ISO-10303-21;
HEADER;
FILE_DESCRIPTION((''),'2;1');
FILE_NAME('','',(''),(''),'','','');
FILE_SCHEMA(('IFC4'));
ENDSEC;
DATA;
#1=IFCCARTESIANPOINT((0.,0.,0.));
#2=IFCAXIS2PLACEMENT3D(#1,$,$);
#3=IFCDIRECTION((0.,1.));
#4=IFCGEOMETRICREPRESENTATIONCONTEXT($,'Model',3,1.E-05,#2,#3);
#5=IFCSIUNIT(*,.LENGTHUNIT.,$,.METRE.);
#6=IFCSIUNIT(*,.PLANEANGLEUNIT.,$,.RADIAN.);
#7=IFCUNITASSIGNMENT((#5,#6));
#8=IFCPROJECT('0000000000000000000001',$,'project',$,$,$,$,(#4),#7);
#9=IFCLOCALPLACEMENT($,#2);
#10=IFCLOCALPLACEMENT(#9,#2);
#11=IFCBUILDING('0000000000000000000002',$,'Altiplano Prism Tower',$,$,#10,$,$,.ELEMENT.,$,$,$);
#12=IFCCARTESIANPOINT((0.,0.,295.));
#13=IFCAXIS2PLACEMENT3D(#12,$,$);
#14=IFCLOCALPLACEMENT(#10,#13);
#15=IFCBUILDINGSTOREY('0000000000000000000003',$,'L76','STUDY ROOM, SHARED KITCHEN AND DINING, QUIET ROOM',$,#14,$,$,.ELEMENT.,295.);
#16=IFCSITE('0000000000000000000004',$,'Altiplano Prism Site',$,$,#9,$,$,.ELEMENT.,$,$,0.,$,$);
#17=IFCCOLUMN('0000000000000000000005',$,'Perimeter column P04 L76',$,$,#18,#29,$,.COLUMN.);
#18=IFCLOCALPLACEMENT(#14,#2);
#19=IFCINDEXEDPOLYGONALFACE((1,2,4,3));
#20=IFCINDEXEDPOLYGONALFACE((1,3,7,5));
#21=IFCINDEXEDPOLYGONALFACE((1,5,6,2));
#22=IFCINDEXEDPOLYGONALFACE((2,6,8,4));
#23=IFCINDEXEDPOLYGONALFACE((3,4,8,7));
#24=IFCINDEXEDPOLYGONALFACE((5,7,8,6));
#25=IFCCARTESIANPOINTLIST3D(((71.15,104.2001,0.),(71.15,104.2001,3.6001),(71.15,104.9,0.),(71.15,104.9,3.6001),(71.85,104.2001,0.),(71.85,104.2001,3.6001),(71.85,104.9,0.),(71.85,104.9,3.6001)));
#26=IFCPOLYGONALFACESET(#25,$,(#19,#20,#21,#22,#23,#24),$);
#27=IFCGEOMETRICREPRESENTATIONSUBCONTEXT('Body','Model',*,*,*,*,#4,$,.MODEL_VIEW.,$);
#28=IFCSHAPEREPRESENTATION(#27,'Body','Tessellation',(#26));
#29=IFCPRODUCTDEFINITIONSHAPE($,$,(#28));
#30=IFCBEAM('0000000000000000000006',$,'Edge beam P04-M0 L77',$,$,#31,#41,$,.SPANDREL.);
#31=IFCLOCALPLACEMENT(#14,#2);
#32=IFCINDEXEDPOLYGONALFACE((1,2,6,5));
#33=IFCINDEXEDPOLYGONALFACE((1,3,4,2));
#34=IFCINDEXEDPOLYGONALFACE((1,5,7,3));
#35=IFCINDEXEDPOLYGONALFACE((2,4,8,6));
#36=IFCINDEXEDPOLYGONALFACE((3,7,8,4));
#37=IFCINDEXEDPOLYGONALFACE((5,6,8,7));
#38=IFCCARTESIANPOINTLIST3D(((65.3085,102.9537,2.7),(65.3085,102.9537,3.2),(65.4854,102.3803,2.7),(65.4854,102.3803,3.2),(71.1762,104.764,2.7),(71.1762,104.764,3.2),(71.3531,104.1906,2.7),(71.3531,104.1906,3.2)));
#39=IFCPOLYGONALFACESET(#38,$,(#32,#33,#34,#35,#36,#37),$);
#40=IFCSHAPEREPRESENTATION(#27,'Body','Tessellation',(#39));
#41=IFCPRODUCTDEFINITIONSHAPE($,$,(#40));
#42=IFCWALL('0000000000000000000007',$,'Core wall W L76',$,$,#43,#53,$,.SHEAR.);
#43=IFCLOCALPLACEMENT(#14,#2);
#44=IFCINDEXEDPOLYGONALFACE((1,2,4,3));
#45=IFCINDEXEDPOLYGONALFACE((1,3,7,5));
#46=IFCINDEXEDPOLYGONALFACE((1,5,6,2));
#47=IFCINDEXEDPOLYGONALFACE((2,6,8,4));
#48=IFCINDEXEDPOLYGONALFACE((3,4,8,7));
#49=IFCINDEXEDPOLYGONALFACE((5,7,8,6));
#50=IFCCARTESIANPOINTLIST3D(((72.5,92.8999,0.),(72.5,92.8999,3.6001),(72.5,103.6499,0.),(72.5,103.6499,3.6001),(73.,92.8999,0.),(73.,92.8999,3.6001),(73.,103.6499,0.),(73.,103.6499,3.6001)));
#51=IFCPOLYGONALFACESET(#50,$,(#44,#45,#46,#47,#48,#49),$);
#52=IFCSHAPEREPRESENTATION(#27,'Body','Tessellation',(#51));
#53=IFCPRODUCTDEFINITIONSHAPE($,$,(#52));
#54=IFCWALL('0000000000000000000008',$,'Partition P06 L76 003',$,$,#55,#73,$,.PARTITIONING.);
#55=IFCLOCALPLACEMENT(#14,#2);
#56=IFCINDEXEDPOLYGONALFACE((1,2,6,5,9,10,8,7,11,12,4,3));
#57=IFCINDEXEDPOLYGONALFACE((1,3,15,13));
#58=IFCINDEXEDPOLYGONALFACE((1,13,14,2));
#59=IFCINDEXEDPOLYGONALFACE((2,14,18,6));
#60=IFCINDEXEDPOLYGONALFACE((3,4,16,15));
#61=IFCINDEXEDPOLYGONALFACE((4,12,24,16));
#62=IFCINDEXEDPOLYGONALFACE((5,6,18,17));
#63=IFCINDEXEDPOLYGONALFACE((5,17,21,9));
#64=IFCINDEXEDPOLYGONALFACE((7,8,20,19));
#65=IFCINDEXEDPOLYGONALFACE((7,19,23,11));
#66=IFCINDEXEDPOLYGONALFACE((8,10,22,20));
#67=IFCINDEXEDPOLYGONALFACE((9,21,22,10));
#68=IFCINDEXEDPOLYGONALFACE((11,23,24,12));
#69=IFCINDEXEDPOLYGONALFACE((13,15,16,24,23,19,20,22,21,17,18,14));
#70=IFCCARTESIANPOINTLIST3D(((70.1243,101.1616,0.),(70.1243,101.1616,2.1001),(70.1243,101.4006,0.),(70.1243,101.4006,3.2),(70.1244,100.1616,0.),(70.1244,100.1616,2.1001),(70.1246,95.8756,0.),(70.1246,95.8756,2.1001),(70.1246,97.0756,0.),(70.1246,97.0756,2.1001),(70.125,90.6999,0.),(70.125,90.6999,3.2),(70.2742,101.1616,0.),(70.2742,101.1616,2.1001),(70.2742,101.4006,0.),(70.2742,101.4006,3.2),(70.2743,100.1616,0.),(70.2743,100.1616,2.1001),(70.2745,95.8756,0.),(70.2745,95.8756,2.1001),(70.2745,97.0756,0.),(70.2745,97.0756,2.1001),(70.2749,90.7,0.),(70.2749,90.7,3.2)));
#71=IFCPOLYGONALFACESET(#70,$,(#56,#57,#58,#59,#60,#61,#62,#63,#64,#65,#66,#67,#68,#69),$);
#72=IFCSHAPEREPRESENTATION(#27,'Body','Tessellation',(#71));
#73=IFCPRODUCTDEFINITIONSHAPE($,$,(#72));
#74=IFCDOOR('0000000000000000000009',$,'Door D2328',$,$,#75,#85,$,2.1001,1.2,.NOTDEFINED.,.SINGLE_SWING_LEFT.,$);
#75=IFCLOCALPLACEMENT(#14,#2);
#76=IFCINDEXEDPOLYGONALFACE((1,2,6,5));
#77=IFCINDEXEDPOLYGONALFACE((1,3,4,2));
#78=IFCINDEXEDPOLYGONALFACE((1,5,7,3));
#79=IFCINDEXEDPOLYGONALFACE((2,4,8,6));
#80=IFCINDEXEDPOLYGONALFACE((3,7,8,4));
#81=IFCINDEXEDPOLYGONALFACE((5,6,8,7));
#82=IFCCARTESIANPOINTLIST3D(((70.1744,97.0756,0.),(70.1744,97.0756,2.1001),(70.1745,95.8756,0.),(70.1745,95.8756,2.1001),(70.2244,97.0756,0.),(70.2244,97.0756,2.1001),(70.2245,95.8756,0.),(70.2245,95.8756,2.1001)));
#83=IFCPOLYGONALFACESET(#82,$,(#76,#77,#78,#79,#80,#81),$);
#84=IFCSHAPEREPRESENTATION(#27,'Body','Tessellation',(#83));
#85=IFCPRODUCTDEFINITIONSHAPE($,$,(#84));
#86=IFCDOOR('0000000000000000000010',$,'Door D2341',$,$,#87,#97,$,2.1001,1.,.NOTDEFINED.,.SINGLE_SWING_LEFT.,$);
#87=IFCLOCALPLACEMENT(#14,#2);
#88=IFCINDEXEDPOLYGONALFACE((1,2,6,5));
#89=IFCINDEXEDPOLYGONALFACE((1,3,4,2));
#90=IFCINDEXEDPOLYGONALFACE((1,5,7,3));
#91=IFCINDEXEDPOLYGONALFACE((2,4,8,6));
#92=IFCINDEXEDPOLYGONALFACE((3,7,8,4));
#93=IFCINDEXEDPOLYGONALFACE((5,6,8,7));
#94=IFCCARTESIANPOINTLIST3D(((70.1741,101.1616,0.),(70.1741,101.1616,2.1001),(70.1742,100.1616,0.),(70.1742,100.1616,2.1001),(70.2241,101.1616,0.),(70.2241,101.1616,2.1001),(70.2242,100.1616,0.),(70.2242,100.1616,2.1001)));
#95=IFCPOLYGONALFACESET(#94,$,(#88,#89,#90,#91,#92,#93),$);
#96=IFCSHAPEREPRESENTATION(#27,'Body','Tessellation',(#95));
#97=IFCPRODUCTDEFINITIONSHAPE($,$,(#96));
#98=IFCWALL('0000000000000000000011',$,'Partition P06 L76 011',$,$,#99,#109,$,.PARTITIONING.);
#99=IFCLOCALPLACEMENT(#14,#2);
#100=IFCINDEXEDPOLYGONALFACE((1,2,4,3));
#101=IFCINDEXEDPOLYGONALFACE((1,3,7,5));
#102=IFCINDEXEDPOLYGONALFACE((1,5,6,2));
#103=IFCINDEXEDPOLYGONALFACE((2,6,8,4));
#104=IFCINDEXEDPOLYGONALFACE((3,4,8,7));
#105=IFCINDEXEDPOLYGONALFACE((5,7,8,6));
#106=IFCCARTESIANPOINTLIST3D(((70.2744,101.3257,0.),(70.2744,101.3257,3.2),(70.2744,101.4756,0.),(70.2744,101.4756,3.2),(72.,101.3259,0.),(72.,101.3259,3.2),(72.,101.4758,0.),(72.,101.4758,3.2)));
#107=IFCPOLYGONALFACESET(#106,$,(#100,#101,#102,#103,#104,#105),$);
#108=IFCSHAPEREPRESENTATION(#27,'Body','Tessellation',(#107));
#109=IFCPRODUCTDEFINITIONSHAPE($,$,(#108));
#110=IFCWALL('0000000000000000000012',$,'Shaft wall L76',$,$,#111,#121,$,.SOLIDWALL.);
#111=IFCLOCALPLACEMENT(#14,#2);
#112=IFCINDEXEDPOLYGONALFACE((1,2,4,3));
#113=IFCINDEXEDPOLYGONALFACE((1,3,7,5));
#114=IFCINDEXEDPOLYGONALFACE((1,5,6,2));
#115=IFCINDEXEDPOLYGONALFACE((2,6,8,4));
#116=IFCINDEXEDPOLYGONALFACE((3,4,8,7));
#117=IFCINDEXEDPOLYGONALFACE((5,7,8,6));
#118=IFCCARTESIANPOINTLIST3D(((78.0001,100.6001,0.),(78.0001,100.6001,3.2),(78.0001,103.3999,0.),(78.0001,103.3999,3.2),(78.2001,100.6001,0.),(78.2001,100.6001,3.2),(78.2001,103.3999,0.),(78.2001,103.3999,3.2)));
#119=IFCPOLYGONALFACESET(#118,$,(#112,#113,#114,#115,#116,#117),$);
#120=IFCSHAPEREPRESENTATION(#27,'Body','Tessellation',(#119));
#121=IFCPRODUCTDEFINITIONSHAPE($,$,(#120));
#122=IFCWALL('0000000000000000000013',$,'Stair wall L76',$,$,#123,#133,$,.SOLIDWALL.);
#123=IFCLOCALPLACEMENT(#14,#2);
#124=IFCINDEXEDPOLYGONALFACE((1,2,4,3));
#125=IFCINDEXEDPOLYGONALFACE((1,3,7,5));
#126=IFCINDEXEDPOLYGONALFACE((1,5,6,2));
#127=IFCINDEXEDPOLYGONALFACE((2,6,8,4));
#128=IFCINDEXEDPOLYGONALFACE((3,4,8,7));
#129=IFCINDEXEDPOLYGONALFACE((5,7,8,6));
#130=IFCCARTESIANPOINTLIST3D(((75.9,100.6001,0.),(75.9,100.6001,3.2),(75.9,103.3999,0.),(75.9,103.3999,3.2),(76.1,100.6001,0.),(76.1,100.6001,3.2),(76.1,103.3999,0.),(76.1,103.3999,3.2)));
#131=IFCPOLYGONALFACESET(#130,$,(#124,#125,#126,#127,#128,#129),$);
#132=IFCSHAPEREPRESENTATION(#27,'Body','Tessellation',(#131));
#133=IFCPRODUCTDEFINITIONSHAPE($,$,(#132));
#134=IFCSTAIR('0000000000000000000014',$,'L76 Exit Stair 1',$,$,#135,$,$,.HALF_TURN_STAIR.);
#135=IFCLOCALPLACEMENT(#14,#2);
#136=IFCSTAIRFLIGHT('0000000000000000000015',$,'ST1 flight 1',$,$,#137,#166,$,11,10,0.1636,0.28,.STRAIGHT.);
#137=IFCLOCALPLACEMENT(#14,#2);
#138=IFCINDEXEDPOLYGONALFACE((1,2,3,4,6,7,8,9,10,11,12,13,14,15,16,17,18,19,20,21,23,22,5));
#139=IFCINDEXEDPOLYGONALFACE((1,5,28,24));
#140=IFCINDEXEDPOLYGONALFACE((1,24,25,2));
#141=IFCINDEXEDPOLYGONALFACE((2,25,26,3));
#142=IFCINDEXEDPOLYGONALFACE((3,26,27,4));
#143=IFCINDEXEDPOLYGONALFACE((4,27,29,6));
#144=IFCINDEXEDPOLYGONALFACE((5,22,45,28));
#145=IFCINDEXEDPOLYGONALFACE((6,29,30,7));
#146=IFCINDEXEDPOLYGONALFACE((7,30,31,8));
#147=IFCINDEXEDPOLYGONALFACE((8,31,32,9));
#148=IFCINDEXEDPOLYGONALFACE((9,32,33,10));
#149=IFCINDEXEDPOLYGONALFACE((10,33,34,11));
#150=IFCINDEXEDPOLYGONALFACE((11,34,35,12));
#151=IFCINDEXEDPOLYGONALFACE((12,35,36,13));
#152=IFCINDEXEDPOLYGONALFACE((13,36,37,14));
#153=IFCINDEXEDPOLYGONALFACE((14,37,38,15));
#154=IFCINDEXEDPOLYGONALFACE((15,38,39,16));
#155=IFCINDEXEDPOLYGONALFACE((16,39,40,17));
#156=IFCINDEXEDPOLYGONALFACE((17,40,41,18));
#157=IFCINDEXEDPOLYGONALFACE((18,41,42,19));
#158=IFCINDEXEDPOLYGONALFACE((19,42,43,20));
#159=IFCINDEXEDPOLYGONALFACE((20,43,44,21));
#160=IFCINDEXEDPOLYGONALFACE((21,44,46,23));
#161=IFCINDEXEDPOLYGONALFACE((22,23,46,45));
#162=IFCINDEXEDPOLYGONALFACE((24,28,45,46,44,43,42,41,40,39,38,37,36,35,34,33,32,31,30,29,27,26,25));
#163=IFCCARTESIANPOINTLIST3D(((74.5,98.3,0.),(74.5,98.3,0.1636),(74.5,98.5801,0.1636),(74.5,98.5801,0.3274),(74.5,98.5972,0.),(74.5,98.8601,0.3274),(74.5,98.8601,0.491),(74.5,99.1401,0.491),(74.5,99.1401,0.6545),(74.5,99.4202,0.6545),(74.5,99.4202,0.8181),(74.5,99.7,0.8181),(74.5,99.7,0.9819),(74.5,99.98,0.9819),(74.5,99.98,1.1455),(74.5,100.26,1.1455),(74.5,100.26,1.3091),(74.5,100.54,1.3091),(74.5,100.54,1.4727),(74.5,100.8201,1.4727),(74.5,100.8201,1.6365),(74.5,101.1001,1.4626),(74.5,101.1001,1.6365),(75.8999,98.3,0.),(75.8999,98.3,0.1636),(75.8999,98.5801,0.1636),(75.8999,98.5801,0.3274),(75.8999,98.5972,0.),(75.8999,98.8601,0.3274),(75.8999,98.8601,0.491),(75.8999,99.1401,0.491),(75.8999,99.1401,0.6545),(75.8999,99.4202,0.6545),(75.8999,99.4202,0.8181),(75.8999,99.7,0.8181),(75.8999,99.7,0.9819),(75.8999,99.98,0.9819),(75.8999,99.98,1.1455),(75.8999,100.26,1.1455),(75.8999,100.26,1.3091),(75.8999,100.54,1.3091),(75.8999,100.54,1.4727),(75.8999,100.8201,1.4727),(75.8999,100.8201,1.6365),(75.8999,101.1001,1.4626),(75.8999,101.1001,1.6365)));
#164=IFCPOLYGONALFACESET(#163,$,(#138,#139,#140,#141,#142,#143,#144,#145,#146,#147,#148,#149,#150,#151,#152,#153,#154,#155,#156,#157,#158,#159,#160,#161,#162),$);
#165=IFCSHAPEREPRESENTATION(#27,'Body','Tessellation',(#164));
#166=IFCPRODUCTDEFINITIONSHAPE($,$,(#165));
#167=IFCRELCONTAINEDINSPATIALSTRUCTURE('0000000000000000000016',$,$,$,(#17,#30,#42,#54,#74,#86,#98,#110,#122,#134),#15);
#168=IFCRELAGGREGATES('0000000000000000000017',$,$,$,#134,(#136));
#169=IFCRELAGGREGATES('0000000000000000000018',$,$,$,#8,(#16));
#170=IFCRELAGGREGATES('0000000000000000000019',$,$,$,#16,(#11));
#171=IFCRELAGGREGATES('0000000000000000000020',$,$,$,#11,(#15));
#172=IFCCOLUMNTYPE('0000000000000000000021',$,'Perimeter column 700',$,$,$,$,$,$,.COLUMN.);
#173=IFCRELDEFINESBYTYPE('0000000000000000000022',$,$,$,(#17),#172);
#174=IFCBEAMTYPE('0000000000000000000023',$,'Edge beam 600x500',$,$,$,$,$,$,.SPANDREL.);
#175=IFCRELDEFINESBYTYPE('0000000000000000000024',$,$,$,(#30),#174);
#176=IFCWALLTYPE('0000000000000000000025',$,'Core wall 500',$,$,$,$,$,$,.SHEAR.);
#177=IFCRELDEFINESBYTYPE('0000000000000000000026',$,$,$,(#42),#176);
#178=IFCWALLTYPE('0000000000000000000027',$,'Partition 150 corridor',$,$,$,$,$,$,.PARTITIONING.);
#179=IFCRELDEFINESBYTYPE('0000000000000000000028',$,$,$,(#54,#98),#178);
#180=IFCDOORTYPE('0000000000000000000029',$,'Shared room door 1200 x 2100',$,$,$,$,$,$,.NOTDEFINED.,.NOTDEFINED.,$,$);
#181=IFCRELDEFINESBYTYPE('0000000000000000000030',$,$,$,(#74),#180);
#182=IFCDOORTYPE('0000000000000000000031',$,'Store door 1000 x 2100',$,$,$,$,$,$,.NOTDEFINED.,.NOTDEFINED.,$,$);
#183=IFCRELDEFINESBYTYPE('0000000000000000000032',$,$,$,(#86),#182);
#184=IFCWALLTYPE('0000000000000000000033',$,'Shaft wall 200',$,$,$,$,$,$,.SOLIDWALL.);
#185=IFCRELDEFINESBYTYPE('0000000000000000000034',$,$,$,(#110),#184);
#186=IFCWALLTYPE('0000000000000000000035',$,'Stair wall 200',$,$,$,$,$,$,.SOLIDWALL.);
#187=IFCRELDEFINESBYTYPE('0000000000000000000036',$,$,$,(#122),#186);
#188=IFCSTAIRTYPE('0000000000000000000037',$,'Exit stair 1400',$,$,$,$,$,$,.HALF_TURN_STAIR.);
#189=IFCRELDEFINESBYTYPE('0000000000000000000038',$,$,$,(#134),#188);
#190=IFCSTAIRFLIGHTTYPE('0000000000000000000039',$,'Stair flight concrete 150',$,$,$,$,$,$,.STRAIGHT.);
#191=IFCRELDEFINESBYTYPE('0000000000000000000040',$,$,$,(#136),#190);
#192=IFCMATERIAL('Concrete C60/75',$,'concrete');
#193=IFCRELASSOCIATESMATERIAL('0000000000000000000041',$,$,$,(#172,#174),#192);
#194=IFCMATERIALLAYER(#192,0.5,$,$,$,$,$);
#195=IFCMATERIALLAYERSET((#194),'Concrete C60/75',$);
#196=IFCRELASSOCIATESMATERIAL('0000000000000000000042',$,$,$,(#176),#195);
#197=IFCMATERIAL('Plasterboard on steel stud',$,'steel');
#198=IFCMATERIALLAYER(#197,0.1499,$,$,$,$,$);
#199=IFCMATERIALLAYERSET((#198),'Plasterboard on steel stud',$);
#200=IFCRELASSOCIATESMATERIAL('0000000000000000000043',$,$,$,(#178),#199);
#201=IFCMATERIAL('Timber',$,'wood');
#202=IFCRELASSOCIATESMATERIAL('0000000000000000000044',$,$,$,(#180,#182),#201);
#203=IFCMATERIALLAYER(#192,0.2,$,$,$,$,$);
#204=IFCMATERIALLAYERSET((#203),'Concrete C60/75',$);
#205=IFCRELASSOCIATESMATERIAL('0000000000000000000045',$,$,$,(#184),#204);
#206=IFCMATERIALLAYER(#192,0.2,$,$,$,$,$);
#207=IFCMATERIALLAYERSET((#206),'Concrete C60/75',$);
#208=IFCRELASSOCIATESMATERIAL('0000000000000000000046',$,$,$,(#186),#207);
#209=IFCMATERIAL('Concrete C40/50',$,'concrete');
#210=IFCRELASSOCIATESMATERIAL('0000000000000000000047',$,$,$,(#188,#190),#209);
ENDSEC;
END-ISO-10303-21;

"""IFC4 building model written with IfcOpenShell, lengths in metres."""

from ifc_helpers import new_model, si_unit, direction, frame, frame_2d, origin, origin_2d, place, context, subcontext, project, spatial, polyline, rectangle, outline, extrude, material, layer, layer_set, material_profile, profile_set, type_object, element, fill, aggregate, save


model = new_model("IFC4")

# Units and contexts
model_context = context("Model", 3, precision=1e-05, world=origin(), true_north=direction((0.0, 1.0)))
body_context = subcontext(model_context, "Body", "Model", "MODEL_VIEW")
ifc_project = project(units=[si_unit("LENGTHUNIT", "METRE"), si_unit("PLANEANGLEUNIT", "RADIAN")], contexts=[model_context])

# Site, building, storey
site_placement = place(None, origin())
site = spatial("IfcSite", under=ifc_project, at=site_placement, Name="Altiplano Prism Site", CompositionType="ELEMENT", RefElevation=0.0)
building_placement = place(site_placement, origin())
building = spatial("IfcBuilding", under=site, at=building_placement, Name="Altiplano Prism Tower", CompositionType="ELEMENT")
storey_placement = place(building_placement, frame((0.0, 0.0, 295.0)))
storey = spatial("IfcBuildingStorey", under=building, at=storey_placement, Name="L76", Description="STUDY ROOM, SHARED KITCHEN AND DINING, QUIET ROOM", CompositionType="ELEMENT", Elevation=295.0)

# Column
ifc_material_1 = material(Name="Concrete C60/75", Category="concrete")
ifc_material_profile_1 = material_profile(ifc_material_1, rectangle(XDim=0.7, YDim=0.7, at=origin_2d()), Name="Perimeter column 700")
ifc_profile_set_1 = profile_set([ifc_material_profile_1], Name="Concrete C60/75")
column_type = type_object("IfcColumnType", Name="Perimeter column 700", PredefinedType="COLUMN", material=ifc_profile_set_1)
column_placement = place(storey_placement, frame((71.5, 104.55, 0.0), z_axis=(0.0, 0.0, 1.0), x_axis=(1.0, 0.0, 0.0)))
element("IfcColumn", 1, at=column_placement, inside=storey, type_object=column_type, Name="Perimeter column P04 L76", PredefinedType="COLUMN", context=body_context, shape_type="SweptSolid", body=[
    extrude(rectangle(XDim=0.7, YDim=0.7, at=origin_2d()), origin(), (0.0, 0.0, 1.0), 3.6001),
])

# Beam
ifc_material_profile_2 = material_profile(ifc_material_1, rectangle(XDim=0.6001, YDim=0.5, at=origin_2d()), Name="Edge beam 600x500")
ifc_profile_set_2 = profile_set([ifc_material_profile_2], Name="Concrete C60/75")
beam_type = type_object("IfcBeamType", Name="Edge beam 600x500", PredefinedType="SPANDREL", material=ifc_profile_set_2)
beam_placement = place(storey_placement, frame((71.2646, 104.4773, 2.95), z_axis=(-0.955556, -0.294809, 0.0), x_axis=(0.294809, -0.955556, 0.0)))
element("IfcBeam", 2, at=beam_placement, inside=storey, type_object=beam_type, Name="Edge beam P04-M0 L77", PredefinedType="SPANDREL", context=body_context, shape_type="SweptSolid", body=[
    extrude(rectangle(XDim=0.6001, YDim=0.5, at=origin_2d()), origin(), (0.0, 0.0, 1.0), 6.1406),
])

# Wall
ifc_layer_1 = layer(ifc_material_1, 0.5)
ifc_layer_set_1 = layer_set([ifc_layer_1], Name="Concrete C60/75")
wall_type_1 = type_object("IfcWallType", Name="Core wall 500", PredefinedType="SHEAR", material=ifc_layer_set_1)
wall_1_placement = place(storey_placement, frame((72.75, 103.6499, 0.0), z_axis=(0.0, 0.0, 1.0), x_axis=(0.0, -1.0, 0.0)))
element("IfcWall", 3, at=wall_1_placement, inside=storey, type_object=wall_type_1, Name="Core wall W L76", PredefinedType="SHEAR", context=body_context, shape_type="SweptSolid", body=[
    extrude(rectangle(XDim=10.75, YDim=0.5, at=frame_2d((5.375, 0.0))), origin(), (0.0, 0.0, 1.0), 3.6001),
])

# Wall, openings, doors
ifc_material_2 = material(Name="Plasterboard on steel stud", Category="steel")
ifc_layer_2 = layer(ifc_material_2, 0.1499)
ifc_layer_set_2 = layer_set([ifc_layer_2], Name="Plasterboard on steel stud")
wall_type_2 = type_object("IfcWallType", Name="Partition 150 corridor", PredefinedType="PARTITIONING", material=ifc_layer_set_2)
wall_2_placement = place(storey_placement, frame((70.1992, 101.4006, 0.0), z_axis=(0.0, 0.0, 1.0), x_axis=(0.000068, -1.0, 0.0)))
wall_2 = element("IfcWall", 4, at=wall_2_placement, inside=storey, type_object=wall_type_2, Name="Partition P06 L76 003", PredefinedType="PARTITIONING", context=body_context, shape_type="SweptSolid", body=[
    extrude(rectangle(XDim=10.7007, YDim=0.1499, at=frame_2d((5.3503, 0.0))), origin(), (0.0, 0.0, 1.0), 3.2),
])
opening_1_placement = place(wall_2_placement, frame((4.325, 0.0, 0.0)))
opening_1 = element("IfcOpeningElement", 5, at=opening_1_placement, cuts=wall_2, PredefinedType="OPENING", context=body_context, shape_type="SweptSolid", body=[
    extrude(rectangle(XDim=1.2, YDim=2.1001, at=frame_2d((0.6001, 1.05))), frame((0.0, 0.0854, 0.0), z_axis=(0.0, -1.0, 0.0), x_axis=(1.0, 0.0, 0.0)), (0.0, 0.0, 1.0), 0.1709),
])
opening_2_placement = place(wall_2_placement, frame((0.239, 0.0, 0.0)))
opening_2 = element("IfcOpeningElement", 6, at=opening_2_placement, cuts=wall_2, PredefinedType="OPENING", context=body_context, shape_type="SweptSolid", body=[
    extrude(rectangle(XDim=1.0, YDim=2.1001, at=frame_2d((0.5, 1.05))), frame((0.0, 0.0854, 0.0), z_axis=(0.0, -1.0, 0.0), x_axis=(1.0, 0.0, 0.0)), (0.0, 0.0, 1.0), 0.1709),
])
ifc_material_3 = material(Name="Timber", Category="wood")
door_type_1 = type_object("IfcDoorType", Name="Shared room door 1200 x 2100", OperationType="NOTDEFINED", PredefinedType="NOTDEFINED", material=ifc_material_3)
door_1_placement = place(opening_1_placement, origin())
door_1 = element("IfcDoor", 7, at=door_1_placement, inside=storey, type_object=door_type_1, Name="Door D2328", OperationType="SINGLE_SWING_LEFT", OverallHeight=2.1001, OverallWidth=1.2, PredefinedType="NOTDEFINED", context=body_context, shape_type="SweptSolid", body=[
    extrude(rectangle(XDim=1.2, YDim=2.1001, at=frame_2d((0.6001, 1.05))), frame((0.0, 0.0249, 0.0), z_axis=(0.0, -1.0, 0.0), x_axis=(1.0, 0.0, 0.0)), (0.0, 0.0, 1.0), 0.05),
])
fill(opening_1, door_1)
door_type_2 = type_object("IfcDoorType", Name="Store door 1000 x 2100", OperationType="NOTDEFINED", PredefinedType="NOTDEFINED", material=ifc_material_3)
door_2_placement = place(opening_2_placement, origin())
door_2 = element("IfcDoor", 8, at=door_2_placement, inside=storey, type_object=door_type_2, Name="Door D2341", OperationType="SINGLE_SWING_LEFT", OverallHeight=2.1001, OverallWidth=1.0, PredefinedType="NOTDEFINED", context=body_context, shape_type="SweptSolid", body=[
    extrude(rectangle(XDim=1.0, YDim=2.1001, at=frame_2d((0.5, 1.05))), frame((0.0, 0.0249, 0.0), z_axis=(0.0, -1.0, 0.0), x_axis=(1.0, 0.0, 0.0)), (0.0, 0.0, 1.0), 0.05),
])
fill(opening_2, door_2)

# Walls
wall_3_placement = place(storey_placement, frame((72.0, 101.4009, 0.0), z_axis=(0.0, 0.0, 1.0), x_axis=(-1.0, -0.000141, 0.0)))
element("IfcWall", 9, at=wall_3_placement, inside=storey, type_object=wall_type_2, Name="Partition P06 L76 011", PredefinedType="PARTITIONING", context=body_context, shape_type="SweptSolid", body=[
    extrude(rectangle(XDim=1.7256, YDim=0.1499, at=frame_2d((0.8628, 0.0))), origin(), (0.0, 0.0, 1.0), 3.2),
])
ifc_layer_3 = layer(ifc_material_1, 0.2)
ifc_layer_set_3 = layer_set([ifc_layer_3], Name="Concrete C60/75")
wall_type_3 = type_object("IfcWallType", Name="Shaft wall 200", PredefinedType="SOLIDWALL", material=ifc_layer_set_3)
wall_4_placement = place(storey_placement, frame((78.1001, 100.6001, 0.0), z_axis=(0.0, 0.0, 1.0), x_axis=(0.0, 1.0, 0.0)))
element("IfcWall", 10, at=wall_4_placement, inside=storey, type_object=wall_type_3, Name="Shaft wall L76", PredefinedType="SOLIDWALL", context=body_context, shape_type="SweptSolid", body=[
    extrude(rectangle(XDim=2.7998, YDim=0.2, at=frame_2d((1.3999, 0.0))), origin(), (0.0, 0.0, 1.0), 3.2),
])

# Shared definitions
ifc_layer_4 = layer(ifc_material_1, 0.2)
ifc_layer_set_4 = layer_set([ifc_layer_4], Name="Concrete C60/75")
wall_type_4 = type_object("IfcWallType", Name="Stair wall 200", PredefinedType="SOLIDWALL", material=ifc_layer_set_4)

# Wall
wall_5_placement = place(storey_placement, frame((76.0, 100.6001, 0.0), z_axis=(0.0, 0.0, 1.0), x_axis=(0.0, 1.0, 0.0)))
element("IfcWall", 11, at=wall_5_placement, inside=storey, type_object=wall_type_4, Name="Stair wall L76", PredefinedType="SOLIDWALL", context=body_context, shape_type="SweptSolid", body=[
    extrude(rectangle(XDim=2.7998, YDim=0.2, at=frame_2d((1.3999, 0.0))), origin(), (0.0, 0.0, 1.0), 3.2),
])

# Stair, stair flight
ifc_material_4 = material(Name="Concrete C40/50", Category="concrete")
stair_type = type_object("IfcStairType", Name="Exit stair 1400", PredefinedType="HALF_TURN_STAIR", material=ifc_material_4)
stair_placement = place(storey_placement, origin())
stair = element("IfcStair", 12, at=stair_placement, inside=storey, type_object=stair_type, Name="L76 Exit Stair 1", PredefinedType="HALF_TURN_STAIR")
stair_flight_type = type_object("IfcStairFlightType", Name="Stair flight concrete 150", PredefinedType="STRAIGHT", material=ifc_material_4)
stair_flight_1_placement = place(storey_placement, frame((75.2, 98.3, 0.0), z_axis=(0.0, 0.0, 1.0), x_axis=(0.0, 1.0, 0.0)))
stair_flight_1 = element("IfcStairFlight", 13, at=stair_flight_1_placement, type_object=stair_flight_type, Name="ST1 flight 1", NumberOfRisers=11, NumberOfTreads=10, PredefinedType="STRAIGHT", RiserHeight=0.1636, TreadLength=0.28, context=body_context, shape_type="SweptSolid", body=[
    extrude(outline(polyline([(0.0, 0.0), (0.0, 0.1636), (0.28, 0.1636), (0.28, 0.3274), (0.5601, 0.3274), (0.5601, 0.491), (0.8401, 0.491), (0.8401, 0.6545), (1.1201, 0.6545), (1.1201, 0.8181), (1.3999, 0.8181), (1.3999, 0.9819), (1.6799, 0.9819), (1.6799, 1.1455), (1.96, 1.1455), (1.96, 1.3091), (2.24, 1.3091), (2.24, 1.4727), (2.52, 1.4727), (2.52, 1.6365), (2.8, 1.6365), (2.8, 1.8), (2.8, 1.4626), (0.2971, 0.0), (0.0, 0.0)])), frame((0.0, 0.7, 0.0), z_axis=(0.0, -1.0, 0.0), x_axis=(1.0, 0.0, 0.0)), (0.0, 0.0, 1.0), 1.3999),
])
aggregate(stair, [stair_flight_1])

save(model, "model.ifc")
